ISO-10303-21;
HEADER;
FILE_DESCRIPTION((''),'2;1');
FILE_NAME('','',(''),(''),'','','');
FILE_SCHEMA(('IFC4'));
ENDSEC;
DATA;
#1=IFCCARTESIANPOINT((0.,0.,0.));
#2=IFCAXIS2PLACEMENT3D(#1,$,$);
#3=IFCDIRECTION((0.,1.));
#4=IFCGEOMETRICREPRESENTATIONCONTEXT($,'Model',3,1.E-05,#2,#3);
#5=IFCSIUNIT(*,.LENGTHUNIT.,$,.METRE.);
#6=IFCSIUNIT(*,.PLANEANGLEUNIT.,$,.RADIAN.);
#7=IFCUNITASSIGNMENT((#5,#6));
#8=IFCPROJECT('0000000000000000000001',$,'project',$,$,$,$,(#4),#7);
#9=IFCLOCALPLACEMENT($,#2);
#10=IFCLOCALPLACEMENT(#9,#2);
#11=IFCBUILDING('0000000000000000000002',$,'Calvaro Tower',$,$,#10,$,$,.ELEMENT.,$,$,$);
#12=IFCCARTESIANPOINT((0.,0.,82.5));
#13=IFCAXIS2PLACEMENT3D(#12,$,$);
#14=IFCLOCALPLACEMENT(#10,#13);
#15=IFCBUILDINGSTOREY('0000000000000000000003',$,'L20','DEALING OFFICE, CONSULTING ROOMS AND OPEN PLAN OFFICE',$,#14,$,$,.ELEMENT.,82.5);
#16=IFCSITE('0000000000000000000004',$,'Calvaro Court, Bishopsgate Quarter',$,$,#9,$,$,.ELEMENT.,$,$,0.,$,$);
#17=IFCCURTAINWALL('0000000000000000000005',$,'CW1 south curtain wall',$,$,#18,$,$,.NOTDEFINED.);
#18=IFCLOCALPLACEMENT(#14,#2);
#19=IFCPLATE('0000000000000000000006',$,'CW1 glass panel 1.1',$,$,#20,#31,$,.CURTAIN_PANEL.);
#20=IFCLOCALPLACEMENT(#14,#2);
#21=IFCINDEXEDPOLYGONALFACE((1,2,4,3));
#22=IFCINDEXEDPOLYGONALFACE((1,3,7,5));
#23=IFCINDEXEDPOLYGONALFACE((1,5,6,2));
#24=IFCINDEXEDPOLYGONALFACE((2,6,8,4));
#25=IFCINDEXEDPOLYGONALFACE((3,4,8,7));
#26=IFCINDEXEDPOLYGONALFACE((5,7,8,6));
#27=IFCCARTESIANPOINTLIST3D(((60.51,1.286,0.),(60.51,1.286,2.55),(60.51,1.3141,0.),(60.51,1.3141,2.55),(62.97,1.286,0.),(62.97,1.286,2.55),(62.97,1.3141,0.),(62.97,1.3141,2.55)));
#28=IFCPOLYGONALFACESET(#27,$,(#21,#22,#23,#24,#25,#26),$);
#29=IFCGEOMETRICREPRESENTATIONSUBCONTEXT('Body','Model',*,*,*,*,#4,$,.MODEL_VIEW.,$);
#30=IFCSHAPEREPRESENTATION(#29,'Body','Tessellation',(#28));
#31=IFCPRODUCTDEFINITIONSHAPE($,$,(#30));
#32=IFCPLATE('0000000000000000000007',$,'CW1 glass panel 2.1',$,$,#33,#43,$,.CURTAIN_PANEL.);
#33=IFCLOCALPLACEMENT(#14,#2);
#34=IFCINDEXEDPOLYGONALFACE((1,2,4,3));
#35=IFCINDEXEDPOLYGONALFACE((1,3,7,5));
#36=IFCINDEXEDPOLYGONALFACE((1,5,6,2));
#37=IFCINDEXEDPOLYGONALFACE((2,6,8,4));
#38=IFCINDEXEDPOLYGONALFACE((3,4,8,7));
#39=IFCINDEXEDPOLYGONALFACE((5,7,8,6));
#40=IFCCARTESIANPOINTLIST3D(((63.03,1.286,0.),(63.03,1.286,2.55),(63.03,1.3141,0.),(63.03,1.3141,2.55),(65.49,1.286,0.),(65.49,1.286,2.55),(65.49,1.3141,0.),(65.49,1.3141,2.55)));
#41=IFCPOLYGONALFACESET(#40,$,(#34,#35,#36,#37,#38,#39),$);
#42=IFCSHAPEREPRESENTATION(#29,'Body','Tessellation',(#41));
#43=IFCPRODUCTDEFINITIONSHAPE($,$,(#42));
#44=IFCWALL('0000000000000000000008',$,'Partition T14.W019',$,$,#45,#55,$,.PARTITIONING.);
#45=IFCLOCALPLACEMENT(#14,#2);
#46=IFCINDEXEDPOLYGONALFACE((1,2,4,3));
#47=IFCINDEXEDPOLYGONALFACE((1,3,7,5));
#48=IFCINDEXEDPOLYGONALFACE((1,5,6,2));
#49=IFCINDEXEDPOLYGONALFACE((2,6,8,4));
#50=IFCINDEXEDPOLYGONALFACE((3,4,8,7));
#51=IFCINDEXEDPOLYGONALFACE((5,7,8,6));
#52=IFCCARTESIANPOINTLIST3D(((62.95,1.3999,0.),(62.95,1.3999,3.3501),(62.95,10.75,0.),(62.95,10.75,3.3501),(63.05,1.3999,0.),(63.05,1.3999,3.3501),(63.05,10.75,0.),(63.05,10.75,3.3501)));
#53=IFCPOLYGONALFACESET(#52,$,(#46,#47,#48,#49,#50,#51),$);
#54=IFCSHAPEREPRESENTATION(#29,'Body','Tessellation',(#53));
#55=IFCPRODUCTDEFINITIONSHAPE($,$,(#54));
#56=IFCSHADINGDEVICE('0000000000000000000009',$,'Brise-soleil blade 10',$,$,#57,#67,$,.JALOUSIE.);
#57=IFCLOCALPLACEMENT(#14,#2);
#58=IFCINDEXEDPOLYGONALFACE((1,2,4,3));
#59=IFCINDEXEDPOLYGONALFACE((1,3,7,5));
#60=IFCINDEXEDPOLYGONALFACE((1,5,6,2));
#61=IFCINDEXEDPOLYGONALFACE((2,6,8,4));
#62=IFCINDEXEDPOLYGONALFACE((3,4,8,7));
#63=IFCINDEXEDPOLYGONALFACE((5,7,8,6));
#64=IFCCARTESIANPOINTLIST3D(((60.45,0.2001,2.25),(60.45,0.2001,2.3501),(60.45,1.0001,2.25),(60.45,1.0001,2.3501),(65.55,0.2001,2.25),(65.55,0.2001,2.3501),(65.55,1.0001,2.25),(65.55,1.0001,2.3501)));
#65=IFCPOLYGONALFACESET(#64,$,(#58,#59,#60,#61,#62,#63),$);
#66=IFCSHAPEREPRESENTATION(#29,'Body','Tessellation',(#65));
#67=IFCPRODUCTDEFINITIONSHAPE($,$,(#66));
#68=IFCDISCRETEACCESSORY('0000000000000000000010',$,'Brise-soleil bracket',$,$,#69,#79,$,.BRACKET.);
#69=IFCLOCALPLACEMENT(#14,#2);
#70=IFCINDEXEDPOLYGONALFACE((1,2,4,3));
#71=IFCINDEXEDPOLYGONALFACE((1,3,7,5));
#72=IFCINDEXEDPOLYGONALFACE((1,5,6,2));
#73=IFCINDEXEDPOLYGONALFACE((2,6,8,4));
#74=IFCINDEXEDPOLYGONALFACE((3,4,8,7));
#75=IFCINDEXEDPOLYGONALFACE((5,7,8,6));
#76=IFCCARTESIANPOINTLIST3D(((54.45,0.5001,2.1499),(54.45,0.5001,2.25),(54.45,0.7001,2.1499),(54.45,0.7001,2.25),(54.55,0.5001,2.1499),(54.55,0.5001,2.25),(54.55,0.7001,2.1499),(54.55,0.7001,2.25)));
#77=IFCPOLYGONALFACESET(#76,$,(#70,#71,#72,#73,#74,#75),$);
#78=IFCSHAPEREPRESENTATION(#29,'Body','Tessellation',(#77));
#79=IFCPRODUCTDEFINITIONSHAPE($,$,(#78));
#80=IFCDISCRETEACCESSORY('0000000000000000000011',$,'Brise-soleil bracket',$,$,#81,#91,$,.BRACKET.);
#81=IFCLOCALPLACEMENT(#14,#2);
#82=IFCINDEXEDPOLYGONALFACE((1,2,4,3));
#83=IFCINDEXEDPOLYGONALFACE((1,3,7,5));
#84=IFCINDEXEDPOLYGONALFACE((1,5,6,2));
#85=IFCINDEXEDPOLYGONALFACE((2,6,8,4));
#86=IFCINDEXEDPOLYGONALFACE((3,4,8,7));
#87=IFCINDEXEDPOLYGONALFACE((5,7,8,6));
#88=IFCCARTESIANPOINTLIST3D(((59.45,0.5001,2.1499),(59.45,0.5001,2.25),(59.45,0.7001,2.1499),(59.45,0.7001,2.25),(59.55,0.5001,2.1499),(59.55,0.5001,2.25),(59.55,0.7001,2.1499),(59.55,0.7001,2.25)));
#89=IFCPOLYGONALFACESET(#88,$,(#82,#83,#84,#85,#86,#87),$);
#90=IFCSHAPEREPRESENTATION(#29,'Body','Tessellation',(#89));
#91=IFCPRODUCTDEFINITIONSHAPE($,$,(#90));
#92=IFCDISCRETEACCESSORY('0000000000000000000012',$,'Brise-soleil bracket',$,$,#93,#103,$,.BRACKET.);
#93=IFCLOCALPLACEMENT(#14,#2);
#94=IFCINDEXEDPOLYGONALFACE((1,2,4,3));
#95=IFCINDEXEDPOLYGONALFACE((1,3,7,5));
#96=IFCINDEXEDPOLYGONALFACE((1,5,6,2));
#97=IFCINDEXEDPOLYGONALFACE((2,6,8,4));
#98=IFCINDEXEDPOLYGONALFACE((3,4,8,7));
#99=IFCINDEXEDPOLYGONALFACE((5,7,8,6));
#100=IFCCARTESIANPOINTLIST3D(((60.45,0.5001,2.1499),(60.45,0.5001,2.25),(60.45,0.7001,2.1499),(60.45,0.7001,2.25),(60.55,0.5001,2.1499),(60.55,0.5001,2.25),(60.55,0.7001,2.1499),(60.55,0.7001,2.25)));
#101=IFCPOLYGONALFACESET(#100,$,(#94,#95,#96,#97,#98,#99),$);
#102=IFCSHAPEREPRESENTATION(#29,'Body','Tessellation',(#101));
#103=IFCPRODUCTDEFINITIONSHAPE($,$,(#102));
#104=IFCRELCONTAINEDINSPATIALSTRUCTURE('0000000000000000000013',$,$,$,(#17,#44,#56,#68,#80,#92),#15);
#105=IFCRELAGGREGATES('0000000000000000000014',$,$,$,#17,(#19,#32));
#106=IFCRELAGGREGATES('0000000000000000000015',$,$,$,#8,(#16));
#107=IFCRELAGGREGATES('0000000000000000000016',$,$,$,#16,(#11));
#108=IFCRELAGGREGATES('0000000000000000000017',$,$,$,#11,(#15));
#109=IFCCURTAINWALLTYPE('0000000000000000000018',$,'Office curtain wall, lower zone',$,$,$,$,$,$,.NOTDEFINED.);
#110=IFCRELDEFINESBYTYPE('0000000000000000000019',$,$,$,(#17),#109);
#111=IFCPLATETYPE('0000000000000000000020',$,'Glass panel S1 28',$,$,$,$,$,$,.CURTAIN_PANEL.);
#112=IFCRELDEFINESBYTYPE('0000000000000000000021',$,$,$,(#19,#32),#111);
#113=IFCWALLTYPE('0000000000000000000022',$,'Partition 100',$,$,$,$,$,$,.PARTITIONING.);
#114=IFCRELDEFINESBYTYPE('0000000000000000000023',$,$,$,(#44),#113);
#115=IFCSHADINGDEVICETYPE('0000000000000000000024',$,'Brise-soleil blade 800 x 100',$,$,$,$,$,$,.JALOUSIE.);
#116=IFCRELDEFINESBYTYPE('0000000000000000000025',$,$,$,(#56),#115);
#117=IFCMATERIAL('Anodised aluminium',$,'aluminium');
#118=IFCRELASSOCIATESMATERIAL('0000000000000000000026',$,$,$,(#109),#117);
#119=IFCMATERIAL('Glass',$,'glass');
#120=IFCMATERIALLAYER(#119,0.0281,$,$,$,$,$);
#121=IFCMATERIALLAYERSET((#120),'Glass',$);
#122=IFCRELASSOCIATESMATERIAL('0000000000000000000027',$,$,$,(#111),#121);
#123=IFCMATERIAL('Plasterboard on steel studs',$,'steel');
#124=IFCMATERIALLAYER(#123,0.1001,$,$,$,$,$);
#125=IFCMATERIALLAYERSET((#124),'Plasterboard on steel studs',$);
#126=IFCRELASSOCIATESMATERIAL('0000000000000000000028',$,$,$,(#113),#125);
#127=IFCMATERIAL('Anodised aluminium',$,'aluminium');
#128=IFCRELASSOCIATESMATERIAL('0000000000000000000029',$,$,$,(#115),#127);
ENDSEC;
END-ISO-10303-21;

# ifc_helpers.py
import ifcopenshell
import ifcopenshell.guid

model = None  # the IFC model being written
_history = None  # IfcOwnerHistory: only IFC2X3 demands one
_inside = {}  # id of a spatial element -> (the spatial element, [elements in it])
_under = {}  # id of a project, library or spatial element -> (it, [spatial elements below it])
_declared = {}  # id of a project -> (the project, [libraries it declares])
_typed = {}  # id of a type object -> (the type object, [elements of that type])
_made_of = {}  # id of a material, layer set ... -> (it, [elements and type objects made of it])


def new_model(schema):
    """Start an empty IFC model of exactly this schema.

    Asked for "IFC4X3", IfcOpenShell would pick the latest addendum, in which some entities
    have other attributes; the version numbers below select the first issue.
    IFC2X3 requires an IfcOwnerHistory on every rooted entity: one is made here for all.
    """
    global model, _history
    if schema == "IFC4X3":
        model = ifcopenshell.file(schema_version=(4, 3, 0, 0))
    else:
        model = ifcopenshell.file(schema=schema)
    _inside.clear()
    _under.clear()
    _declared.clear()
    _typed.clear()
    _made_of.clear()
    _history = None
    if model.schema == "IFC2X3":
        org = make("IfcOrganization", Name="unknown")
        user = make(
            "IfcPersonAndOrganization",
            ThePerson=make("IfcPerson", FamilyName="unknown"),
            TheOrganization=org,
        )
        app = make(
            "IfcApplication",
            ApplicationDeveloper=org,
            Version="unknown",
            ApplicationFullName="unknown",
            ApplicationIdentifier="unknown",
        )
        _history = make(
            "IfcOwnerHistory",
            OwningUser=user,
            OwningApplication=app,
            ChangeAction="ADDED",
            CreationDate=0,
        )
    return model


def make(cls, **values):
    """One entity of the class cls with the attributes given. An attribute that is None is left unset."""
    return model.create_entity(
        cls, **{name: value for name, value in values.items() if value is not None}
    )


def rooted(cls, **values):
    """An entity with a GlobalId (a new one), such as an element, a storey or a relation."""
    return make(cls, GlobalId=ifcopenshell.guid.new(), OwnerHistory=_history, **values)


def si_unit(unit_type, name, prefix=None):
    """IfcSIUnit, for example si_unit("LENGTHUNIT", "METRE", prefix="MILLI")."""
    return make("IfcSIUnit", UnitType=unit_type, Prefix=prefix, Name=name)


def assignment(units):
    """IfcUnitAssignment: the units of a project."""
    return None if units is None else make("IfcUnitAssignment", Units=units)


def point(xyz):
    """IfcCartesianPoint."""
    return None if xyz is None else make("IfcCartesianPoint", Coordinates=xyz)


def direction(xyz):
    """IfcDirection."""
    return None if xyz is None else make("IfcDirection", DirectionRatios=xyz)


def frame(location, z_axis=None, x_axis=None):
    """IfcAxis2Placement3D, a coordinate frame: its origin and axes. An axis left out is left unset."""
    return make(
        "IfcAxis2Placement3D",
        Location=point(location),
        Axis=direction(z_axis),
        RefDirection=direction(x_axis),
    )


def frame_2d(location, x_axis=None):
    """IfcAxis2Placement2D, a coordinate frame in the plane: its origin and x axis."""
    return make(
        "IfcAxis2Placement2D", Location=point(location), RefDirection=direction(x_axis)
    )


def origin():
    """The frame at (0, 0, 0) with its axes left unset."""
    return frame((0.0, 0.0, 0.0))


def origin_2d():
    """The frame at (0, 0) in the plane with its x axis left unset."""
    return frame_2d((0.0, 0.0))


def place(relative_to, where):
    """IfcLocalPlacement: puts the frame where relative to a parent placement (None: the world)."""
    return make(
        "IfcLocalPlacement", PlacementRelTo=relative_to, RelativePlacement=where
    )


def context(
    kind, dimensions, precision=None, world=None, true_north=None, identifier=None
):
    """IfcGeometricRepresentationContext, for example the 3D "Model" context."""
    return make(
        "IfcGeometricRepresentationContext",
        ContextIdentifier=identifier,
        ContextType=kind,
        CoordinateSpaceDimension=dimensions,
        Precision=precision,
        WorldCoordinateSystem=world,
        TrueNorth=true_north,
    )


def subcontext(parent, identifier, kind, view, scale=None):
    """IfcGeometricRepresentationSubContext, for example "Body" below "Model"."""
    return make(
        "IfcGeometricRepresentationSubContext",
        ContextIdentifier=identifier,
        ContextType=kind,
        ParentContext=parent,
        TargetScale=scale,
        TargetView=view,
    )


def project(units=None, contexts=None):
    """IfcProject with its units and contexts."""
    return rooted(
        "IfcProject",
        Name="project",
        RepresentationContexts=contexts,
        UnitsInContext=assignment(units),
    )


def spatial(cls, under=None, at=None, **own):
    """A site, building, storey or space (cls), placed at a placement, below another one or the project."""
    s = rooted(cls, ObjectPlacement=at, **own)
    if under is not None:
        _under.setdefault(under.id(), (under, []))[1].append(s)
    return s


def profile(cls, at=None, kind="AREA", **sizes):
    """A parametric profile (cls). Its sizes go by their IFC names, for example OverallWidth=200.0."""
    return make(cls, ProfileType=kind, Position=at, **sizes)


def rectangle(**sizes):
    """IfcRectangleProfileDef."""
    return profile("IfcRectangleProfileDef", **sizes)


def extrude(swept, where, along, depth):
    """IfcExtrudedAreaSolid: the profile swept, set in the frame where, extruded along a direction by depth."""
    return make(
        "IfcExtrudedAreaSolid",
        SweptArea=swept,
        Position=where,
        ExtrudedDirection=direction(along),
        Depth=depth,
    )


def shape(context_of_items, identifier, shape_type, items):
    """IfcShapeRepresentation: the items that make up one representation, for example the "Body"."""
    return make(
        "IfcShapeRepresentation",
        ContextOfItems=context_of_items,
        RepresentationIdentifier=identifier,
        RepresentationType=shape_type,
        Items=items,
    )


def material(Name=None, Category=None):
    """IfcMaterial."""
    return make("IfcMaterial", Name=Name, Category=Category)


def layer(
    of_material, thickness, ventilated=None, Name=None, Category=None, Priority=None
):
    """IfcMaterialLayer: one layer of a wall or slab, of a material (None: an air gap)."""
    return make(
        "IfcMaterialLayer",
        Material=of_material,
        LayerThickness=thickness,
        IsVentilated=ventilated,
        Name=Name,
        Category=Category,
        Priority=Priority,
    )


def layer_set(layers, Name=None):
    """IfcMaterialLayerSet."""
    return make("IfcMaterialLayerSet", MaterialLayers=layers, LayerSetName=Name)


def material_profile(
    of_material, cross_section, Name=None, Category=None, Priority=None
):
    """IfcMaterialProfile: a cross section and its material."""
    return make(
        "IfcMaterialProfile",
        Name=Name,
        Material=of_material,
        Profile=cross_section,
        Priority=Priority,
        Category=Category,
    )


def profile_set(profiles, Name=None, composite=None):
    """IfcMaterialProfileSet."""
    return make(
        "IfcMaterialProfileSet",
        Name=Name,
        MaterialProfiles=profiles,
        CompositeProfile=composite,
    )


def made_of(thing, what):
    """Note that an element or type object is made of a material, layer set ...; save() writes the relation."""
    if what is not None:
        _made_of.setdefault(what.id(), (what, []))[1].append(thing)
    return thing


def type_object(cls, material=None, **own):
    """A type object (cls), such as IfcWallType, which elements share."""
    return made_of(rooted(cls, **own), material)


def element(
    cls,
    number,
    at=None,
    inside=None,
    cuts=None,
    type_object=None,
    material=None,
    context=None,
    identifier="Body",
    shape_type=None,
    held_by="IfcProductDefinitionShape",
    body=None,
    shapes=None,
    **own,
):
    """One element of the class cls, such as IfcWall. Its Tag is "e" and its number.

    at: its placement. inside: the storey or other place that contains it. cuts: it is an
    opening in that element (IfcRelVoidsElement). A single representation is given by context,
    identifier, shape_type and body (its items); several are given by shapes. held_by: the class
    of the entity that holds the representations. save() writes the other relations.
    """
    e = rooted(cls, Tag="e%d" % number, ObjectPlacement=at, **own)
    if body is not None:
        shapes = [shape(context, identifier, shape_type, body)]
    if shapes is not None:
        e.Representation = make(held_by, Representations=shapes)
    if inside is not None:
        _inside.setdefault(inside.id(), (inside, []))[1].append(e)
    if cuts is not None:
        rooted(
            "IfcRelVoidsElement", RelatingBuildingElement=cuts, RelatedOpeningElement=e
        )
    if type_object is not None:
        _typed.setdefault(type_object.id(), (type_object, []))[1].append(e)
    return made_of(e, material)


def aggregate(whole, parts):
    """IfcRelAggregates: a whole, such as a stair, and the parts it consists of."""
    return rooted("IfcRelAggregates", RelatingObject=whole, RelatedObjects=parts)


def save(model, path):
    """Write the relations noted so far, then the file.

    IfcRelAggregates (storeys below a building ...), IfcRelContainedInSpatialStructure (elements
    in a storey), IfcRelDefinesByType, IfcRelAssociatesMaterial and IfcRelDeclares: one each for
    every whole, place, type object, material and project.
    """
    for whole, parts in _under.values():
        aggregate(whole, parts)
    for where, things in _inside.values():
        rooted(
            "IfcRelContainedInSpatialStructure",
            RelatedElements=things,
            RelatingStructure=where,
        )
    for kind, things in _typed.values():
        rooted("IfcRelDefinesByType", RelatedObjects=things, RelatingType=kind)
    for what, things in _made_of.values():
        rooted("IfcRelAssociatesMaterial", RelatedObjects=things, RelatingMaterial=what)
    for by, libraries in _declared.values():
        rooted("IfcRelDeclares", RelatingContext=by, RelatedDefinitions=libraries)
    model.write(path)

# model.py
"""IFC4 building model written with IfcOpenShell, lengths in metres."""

from ifc_helpers import new_model, si_unit, direction, frame, frame_2d, origin, origin_2d, place, context, subcontext, project, spatial, rectangle, extrude, material, layer, layer_set, material_profile, profile_set, type_object, element, aggregate, save


model = new_model("IFC4")

# Units and contexts
model_context = context("Model", 3, precision=1e-05, world=origin(), true_north=direction((0.0, 1.0)))
body_context = subcontext(model_context, "Body", "Model", "MODEL_VIEW")
ifc_project = project(units=[si_unit("LENGTHUNIT", "METRE"), si_unit("PLANEANGLEUNIT", "RADIAN")], contexts=[model_context])

# Site, building, storey
site_placement = place(None, origin())
site = spatial("IfcSite", under=ifc_project, at=site_placement, Name="Calvaro Court, Bishopsgate Quarter", CompositionType="ELEMENT", RefElevation=0.0)
building_placement = place(site_placement, origin())
building = spatial("IfcBuilding", under=site, at=building_placement, Name="Calvaro Tower", CompositionType="ELEMENT")
storey_placement = place(building_placement, frame((0.0, 0.0, 82.5)))
storey = spatial("IfcBuildingStorey", under=building, at=storey_placement, Name="L20", Description="DEALING OFFICE, CONSULTING ROOMS AND OPEN PLAN OFFICE", CompositionType="ELEMENT", Elevation=82.5)

# Curtain wall
ifc_material_1 = material(Name="Anodised aluminium", Category="aluminium")
curtain_wall_type = type_object("IfcCurtainWallType", Name="Office curtain wall, lower zone", PredefinedType="NOTDEFINED", material=ifc_material_1)
curtain_wall_1_placement = place(storey_placement, origin())
curtain_wall_1 = element("IfcCurtainWall", 1, at=curtain_wall_1_placement, inside=storey, type_object=curtain_wall_type, Name="CW1 south curtain wall", PredefinedType="NOTDEFINED")

# Plates
ifc_material_2 = material(Name="Glass", Category="glass")
ifc_layer_1 = layer(ifc_material_2, 0.0281)
ifc_layer_set_1 = layer_set([ifc_layer_1], Name="Glass")
plate_type = type_object("IfcPlateType", Name="Glass panel S1 28", PredefinedType="CURTAIN_PANEL", material=ifc_layer_set_1)
plate_1_placement = place(storey_placement, frame((61.74, 1.3, 0.0), z_axis=(0.0, 0.0, 1.0), x_axis=(1.0, 0.0, 0.0)))
plate_1 = element("IfcPlate", 2, at=plate_1_placement, type_object=plate_type, Name="CW1 glass panel 1.1", PredefinedType="CURTAIN_PANEL", context=body_context, shape_type="SweptSolid", body=[
    extrude(rectangle(XDim=2.46, YDim=0.0281, at=origin_2d()), origin(), (0.0, 0.0, 1.0), 2.55),
])
plate_2_placement = place(storey_placement, frame((64.26, 1.3, 0.0), z_axis=(0.0, 0.0, 1.0), x_axis=(1.0, 0.0, 0.0)))
plate_2 = element("IfcPlate", 3, at=plate_2_placement, type_object=plate_type, Name="CW1 glass panel 2.1", PredefinedType="CURTAIN_PANEL", context=body_context, shape_type="SweptSolid", body=[
    extrude(rectangle(XDim=2.46, YDim=0.0281, at=origin_2d()), origin(), (0.0, 0.0, 1.0), 2.55),
])
aggregate(curtain_wall_1, [plate_1, plate_2])

# Wall
ifc_material_3 = material(Name="Plasterboard on steel studs", Category="steel")
ifc_layer_2 = layer(ifc_material_3, 0.1001)
ifc_layer_set_2 = layer_set([ifc_layer_2], Name="Plasterboard on steel studs")
wall_type = type_object("IfcWallType", Name="Partition 100", PredefinedType="PARTITIONING", material=ifc_layer_set_2)
wall_placement = place(storey_placement, frame((63.0, 1.3999, 0.0), z_axis=(0.0, 0.0, 1.0), x_axis=(0.0, 1.0, 0.0)))
element("IfcWall", 4, at=wall_placement, inside=storey, type_object=wall_type, Name="Partition T14.W019", PredefinedType="PARTITIONING", context=body_context, shape_type="SweptSolid", body=[
    extrude(rectangle(XDim=9.3501, YDim=0.1001, at=frame_2d((4.675, 0.0))), origin(), (0.0, 0.0, 1.0), 3.3501),
])

# Shading device
ifc_material_4 = material(Name="Anodised aluminium", Category="aluminium")
ifc_material_profile_1 = material_profile(ifc_material_4, rectangle(XDim=0.8, YDim=0.1001, at=origin_2d()), Name="Brise-soleil blade 800 x 100")
ifc_profile_set_1 = profile_set([ifc_material_profile_1], Name="Anodised aluminium")
shading_device_type = type_object("IfcShadingDeviceType", Name="Brise-soleil blade 800 x 100", PredefinedType="JALOUSIE", material=ifc_profile_set_1)
shading_device_placement = place(storey_placement, frame((60.45, 0.6001, 2.3), z_axis=(1.0, 0.0, 0.0), x_axis=(0.0, 1.0, 0.0)))
element("IfcShadingDevice", 5, at=shading_device_placement, inside=storey, type_object=shading_device_type, Name="Brise-soleil blade 10", PredefinedType="JALOUSIE", context=body_context, shape_type="SweptSolid", body=[
    extrude(rectangle(XDim=0.8, YDim=0.1001, at=origin_2d()), origin(), (0.0, 0.0, 1.0), 5.1001),
])

# Discrete accessories
for number, where, z_axis, x_axis, name in (
    (6, (54.5, 0.6001, 2.1499), (0.0, 0.0, 1.0), (1.0, 0.0, 0.0), "Brise-soleil bracket"),
    (7, (59.5, 0.6001, 2.1499), (0.0, 0.0, 1.0), (1.0, 0.0, 0.0), "Brise-soleil bracket"),
    (8, (60.5, 0.6001, 2.1499), (0.0, 0.0, 1.0), (1.0, 0.0, 0.0), "Brise-soleil bracket"),
):
    element("IfcDiscreteAccessory", number, at=place(storey_placement, frame(where, z_axis=z_axis, x_axis=x_axis)), inside=storey, Name=name, PredefinedType="BRACKET", context=body_context, shape_type="SweptSolid", body=[
        extrude(rectangle(XDim=0.1001, YDim=0.2, at=origin_2d()), origin(), (0.0, 0.0, 1.0), 0.1001),
    ])

save(model, "model.ifc")
